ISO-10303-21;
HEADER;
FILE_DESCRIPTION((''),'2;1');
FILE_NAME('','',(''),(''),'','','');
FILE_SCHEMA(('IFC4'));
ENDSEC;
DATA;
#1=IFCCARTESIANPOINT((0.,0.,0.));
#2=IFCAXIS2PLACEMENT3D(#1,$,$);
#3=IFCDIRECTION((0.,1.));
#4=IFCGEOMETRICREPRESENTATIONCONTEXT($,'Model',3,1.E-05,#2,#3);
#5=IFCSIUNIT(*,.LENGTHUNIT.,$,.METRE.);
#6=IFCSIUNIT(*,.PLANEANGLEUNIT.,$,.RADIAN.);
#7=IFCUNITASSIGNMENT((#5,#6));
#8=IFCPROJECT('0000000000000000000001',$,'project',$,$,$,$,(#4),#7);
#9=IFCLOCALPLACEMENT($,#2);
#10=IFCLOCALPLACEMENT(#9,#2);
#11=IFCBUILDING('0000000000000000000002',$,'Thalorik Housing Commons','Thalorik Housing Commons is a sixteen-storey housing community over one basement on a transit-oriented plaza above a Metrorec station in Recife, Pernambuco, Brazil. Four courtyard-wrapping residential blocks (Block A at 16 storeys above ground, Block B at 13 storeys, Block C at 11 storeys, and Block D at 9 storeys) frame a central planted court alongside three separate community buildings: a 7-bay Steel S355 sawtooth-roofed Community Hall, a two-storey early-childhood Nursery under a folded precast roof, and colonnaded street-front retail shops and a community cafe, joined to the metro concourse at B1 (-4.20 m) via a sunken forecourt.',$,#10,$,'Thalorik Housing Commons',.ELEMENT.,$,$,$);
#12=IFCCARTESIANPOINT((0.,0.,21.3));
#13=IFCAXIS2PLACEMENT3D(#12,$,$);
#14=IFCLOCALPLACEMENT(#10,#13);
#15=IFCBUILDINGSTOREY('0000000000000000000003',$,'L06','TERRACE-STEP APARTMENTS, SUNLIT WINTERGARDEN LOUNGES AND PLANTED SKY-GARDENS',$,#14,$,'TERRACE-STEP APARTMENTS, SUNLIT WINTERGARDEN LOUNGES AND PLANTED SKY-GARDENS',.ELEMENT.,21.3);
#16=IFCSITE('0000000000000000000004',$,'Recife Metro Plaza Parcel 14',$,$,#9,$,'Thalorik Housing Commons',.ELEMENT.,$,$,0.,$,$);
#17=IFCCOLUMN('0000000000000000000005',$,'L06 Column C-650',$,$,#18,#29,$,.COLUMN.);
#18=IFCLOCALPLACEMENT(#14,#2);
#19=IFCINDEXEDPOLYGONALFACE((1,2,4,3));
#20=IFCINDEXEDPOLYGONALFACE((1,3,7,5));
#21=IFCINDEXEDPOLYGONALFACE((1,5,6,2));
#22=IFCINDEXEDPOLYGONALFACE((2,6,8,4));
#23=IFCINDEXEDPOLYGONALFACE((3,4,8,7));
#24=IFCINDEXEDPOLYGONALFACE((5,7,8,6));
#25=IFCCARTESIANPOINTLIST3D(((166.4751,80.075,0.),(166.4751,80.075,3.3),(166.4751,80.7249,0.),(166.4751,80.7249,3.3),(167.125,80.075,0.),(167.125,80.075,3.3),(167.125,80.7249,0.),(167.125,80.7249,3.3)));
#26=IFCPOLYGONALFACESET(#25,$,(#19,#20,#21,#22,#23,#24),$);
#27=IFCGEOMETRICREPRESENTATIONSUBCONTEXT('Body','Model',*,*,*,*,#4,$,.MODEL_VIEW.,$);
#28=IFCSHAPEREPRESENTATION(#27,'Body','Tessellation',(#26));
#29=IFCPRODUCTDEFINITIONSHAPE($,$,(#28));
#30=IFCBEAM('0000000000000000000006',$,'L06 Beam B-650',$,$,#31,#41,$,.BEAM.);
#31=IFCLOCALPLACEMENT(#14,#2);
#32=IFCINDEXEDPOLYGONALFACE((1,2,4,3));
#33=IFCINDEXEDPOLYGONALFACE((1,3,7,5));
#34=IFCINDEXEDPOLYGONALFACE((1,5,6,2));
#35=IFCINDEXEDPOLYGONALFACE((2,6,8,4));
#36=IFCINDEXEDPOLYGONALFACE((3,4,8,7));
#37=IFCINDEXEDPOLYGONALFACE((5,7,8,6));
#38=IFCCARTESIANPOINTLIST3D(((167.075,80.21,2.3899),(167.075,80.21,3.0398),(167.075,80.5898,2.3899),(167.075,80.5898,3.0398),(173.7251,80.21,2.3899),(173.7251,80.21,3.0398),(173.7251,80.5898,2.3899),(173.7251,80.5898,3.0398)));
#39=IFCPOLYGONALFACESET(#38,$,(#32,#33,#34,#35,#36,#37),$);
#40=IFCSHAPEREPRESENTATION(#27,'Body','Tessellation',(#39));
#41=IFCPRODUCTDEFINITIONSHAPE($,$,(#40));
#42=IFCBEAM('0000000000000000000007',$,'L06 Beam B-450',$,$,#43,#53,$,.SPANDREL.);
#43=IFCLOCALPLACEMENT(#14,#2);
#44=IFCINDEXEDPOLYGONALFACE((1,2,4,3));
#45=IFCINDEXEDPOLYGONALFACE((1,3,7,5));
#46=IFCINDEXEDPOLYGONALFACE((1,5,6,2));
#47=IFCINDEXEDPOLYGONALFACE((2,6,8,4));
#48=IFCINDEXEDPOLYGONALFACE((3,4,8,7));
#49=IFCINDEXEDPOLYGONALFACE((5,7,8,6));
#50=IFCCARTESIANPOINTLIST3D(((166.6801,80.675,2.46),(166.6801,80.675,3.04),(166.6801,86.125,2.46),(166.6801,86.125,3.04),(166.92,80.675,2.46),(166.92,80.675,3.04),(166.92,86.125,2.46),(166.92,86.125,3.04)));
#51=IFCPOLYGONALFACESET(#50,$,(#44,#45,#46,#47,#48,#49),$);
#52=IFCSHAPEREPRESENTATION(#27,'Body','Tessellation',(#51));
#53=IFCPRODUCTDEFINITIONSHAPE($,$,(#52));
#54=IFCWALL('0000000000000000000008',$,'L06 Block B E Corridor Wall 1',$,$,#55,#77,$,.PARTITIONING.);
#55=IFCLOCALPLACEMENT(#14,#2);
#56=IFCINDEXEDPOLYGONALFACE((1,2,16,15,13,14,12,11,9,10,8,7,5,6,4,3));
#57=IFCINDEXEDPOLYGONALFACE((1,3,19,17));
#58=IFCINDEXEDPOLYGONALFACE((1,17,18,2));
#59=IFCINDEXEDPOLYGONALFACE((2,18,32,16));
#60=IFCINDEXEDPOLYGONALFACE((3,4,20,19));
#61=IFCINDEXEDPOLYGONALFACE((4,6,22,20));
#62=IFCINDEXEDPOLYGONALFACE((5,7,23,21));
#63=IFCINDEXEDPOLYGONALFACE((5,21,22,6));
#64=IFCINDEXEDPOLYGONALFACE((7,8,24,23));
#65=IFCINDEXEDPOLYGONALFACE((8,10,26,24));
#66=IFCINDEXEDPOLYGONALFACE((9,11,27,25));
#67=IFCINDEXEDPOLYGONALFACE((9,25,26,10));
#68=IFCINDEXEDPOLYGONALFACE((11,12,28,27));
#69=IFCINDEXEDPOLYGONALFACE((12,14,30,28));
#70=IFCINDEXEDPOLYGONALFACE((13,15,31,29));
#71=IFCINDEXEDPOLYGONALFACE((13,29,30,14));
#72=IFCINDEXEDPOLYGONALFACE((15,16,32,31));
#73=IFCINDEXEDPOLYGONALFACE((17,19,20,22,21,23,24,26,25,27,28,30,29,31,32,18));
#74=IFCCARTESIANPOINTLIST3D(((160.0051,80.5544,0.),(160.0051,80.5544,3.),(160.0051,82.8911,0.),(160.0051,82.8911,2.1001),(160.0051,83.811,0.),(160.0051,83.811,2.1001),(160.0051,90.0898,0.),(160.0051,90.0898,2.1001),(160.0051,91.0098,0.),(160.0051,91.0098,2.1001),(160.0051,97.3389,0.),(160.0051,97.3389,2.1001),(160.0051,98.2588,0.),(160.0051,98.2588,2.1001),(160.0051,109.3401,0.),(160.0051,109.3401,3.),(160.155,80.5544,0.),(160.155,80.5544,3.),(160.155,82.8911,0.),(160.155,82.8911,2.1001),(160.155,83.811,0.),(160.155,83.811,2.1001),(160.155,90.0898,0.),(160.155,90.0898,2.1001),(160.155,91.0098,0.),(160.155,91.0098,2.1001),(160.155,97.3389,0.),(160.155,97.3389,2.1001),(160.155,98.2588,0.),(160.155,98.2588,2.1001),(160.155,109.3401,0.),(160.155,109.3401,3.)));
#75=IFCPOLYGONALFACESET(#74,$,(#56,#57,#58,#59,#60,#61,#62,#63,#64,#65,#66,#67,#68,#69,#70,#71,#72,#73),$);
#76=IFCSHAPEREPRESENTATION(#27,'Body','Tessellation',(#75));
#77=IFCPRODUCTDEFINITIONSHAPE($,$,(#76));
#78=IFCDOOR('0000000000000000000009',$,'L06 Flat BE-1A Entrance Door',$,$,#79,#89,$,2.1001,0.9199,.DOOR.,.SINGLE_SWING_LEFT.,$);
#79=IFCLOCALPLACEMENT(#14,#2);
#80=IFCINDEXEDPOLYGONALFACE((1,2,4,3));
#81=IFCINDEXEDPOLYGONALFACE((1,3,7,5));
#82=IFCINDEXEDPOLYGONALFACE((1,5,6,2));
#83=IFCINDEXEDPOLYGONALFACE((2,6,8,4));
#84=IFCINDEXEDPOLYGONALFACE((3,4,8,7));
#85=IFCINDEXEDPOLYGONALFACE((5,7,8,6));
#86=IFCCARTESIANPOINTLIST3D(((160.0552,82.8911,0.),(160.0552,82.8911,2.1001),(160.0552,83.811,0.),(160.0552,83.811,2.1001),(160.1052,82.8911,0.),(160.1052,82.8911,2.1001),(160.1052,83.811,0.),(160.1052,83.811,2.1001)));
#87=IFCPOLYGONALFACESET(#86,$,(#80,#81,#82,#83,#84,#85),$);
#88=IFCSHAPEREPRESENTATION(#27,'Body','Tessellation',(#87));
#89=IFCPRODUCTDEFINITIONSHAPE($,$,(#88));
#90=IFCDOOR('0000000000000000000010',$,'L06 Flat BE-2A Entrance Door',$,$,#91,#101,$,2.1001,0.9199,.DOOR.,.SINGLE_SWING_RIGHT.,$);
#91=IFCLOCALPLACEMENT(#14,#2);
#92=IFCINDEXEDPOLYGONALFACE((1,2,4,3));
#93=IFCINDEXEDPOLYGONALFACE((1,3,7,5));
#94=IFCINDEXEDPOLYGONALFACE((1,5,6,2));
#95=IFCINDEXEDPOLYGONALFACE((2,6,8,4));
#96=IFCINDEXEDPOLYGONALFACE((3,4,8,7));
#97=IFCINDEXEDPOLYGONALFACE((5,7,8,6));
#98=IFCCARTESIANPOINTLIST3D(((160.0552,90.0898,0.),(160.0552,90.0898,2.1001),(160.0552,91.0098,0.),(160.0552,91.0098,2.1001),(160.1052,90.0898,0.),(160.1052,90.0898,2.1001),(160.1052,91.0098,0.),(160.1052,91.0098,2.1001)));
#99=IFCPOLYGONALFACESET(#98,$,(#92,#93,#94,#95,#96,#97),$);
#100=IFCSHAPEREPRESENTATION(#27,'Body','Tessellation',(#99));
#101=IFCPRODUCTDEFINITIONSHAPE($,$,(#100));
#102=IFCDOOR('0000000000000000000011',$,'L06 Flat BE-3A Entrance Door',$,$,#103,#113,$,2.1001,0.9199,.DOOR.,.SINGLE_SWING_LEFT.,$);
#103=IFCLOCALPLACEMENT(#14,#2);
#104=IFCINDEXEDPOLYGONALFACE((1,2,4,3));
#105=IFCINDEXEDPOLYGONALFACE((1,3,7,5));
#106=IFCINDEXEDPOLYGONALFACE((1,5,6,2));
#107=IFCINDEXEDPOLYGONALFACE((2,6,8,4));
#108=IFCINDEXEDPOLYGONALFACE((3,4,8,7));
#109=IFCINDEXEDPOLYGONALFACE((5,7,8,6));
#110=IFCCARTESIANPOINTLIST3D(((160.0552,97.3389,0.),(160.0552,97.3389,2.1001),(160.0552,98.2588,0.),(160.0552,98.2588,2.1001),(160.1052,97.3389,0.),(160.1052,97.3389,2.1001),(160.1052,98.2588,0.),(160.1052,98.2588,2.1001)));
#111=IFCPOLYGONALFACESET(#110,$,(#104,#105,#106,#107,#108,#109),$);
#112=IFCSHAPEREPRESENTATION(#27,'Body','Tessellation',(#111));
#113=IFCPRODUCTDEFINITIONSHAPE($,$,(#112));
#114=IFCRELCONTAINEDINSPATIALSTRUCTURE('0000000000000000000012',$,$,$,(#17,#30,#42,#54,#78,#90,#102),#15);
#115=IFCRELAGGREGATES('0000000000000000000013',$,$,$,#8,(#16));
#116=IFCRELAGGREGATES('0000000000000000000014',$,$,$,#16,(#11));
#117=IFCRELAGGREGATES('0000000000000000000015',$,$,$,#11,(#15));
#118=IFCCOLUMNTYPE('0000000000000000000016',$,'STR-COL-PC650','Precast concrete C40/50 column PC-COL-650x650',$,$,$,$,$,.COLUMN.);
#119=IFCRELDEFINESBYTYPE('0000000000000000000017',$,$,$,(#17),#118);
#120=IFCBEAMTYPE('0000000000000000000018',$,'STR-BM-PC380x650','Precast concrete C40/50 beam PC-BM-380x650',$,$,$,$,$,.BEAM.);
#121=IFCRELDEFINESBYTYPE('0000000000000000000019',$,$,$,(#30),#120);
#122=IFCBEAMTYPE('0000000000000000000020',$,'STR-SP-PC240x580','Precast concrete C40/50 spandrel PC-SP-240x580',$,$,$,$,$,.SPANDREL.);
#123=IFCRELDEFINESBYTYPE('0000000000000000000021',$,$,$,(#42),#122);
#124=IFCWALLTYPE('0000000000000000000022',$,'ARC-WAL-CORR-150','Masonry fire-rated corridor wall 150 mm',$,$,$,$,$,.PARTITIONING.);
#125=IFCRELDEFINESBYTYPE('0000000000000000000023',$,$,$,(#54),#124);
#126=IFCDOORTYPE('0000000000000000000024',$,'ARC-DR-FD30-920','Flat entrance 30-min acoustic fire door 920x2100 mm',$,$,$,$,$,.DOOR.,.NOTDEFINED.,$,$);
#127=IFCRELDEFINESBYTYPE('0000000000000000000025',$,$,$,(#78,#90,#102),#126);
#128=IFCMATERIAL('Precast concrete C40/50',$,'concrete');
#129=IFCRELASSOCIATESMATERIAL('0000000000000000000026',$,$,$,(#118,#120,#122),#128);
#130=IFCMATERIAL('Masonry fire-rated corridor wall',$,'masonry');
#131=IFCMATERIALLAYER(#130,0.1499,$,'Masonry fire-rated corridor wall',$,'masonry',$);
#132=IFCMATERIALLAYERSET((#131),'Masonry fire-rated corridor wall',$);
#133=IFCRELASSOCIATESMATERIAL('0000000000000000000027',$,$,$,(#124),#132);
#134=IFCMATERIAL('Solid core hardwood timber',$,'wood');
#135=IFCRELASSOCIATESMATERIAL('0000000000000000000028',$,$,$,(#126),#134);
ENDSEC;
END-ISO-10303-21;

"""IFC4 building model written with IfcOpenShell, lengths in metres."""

from ifc_helpers import new_model, si_unit, direction, frame, frame_2d, origin, origin_2d, place, context, subcontext, project, spatial, rectangle, extrude, material, layer, layer_set, material_profile, profile_set, type_object, element, fill, save


model = new_model("IFC4")

# Units and contexts
model_context = context("Model", 3, precision=1e-05, world=origin(), true_north=direction((0.0, 1.0)))
body_context = subcontext(model_context, "Body", "Model", "MODEL_VIEW")
ifc_project = project(units=[si_unit("LENGTHUNIT", "METRE"), si_unit("PLANEANGLEUNIT", "RADIAN")], contexts=[model_context])

# Site, building, storey
site_placement = place(None, origin())
site = spatial("IfcSite", under=ifc_project, at=site_placement, Name="Recife Metro Plaza Parcel 14", LongName="Thalorik Housing Commons", CompositionType="ELEMENT", RefElevation=0.0)
building_placement = place(site_placement, origin())
building = spatial("IfcBuilding", under=site, at=building_placement, Name="Thalorik Housing Commons", Description="Thalorik Housing Commons is a sixteen-storey housing community over one basement on a transit-oriented plaza above a Metrorec station in Recife, Pernambuco, Brazil. Four courtyard-wrapping residential blocks (Block A at 16 storeys above ground, Block B at 13 storeys, Block C at 11 storeys, and Block D at 9 storeys) frame a central planted court alongside three separate community buildings: a 7-bay Steel S355 sawtooth-roofed Community Hall, a two-storey early-childhood Nursery under a folded precast roof, and colonnaded street-front retail shops and a community cafe, joined to the metro concourse at B1 (-4.20 m) via a sunken forecourt.", LongName="Thalorik Housing Commons", CompositionType="ELEMENT")
storey_placement = place(building_placement, frame((0.0, 0.0, 21.3)))
storey = spatial("IfcBuildingStorey", under=building, at=storey_placement, Name="L06", Description="TERRACE-STEP APARTMENTS, SUNLIT WINTERGARDEN LOUNGES AND PLANTED SKY-GARDENS", LongName="TERRACE-STEP APARTMENTS, SUNLIT WINTERGARDEN LOUNGES AND PLANTED SKY-GARDENS", CompositionType="ELEMENT", Elevation=21.3)

# Column
ifc_material_1 = material(Name="Precast concrete C40/50", Category="concrete")
ifc_material_profile_1 = material_profile(ifc_material_1, rectangle(XDim=0.6499, YDim=0.6499, at=origin_2d()), Name="PC 650x650", Category="concrete")
ifc_profile_set_1 = profile_set([ifc_material_profile_1], Name="Precast concrete C40/50")
column_type = type_object("IfcColumnType", Name="STR-COL-PC650", Description="Precast concrete C40/50 column PC-COL-650x650", PredefinedType="COLUMN", material=ifc_profile_set_1)
column_placement = place(storey_placement, frame((166.8, 80.3999, 0.0), z_axis=(0.0, 0.0, 1.0), x_axis=(1.0, 0.0, 0.0)))
element("IfcColumn", 1, at=column_placement, inside=storey, type_object=column_type, Name="L06 Column C-650", PredefinedType="COLUMN", context=body_context, shape_type="SweptSolid", body=[
    extrude(rectangle(XDim=0.6499, YDim=0.6499, at=origin_2d()), origin(), (0.0, 0.0, 1.0), 3.3),
])

# Beams
ifc_material_profile_2 = material_profile(ifc_material_1, rectangle(XDim=0.3799, YDim=0.6499, at=origin_2d()), Name="PC 380x650", Category="concrete")
ifc_profile_set_2 = profile_set([ifc_material_profile_2], Name="Precast concrete C40/50")
beam_type_1 = type_object("IfcBeamType", Name="STR-BM-PC380x650", Description="Precast concrete C40/50 beam PC-BM-380x650", PredefinedType="BEAM", material=ifc_profile_set_2)
beam_1_placement = place(storey_placement, frame((167.075, 80.3999, 2.7148), z_axis=(1.0, 0.0, 0.0), x_axis=(0.0, 1.0, 0.0)))
element("IfcBeam", 2, at=beam_1_placement, inside=storey, type_object=beam_type_1, Name="L06 Beam B-650", PredefinedType="BEAM", context=body_context, shape_type="SweptSolid", body=[
    extrude(rectangle(XDim=0.3799, YDim=0.6499, at=origin_2d()), origin(), (0.0, 0.0, 1.0), 6.6501),
])
ifc_material_profile_3 = material_profile(ifc_material_1, rectangle(XDim=0.24, YDim=0.5801, at=origin_2d()), Name="PC SP 240x580", Category="concrete")
ifc_profile_set_3 = profile_set([ifc_material_profile_3], Name="Precast concrete C40/50")
beam_type_2 = type_object("IfcBeamType", Name="STR-SP-PC240x580", Description="Precast concrete C40/50 spandrel PC-SP-240x580", PredefinedType="SPANDREL", material=ifc_profile_set_3)
beam_2_placement = place(storey_placement, frame((166.8, 80.675, 2.75), z_axis=(0.0, 1.0, 0.0), x_axis=(-1.0, 0.0, 0.0)))
element("IfcBeam", 3, at=beam_2_placement, inside=storey, type_object=beam_type_2, Name="L06 Beam B-450", PredefinedType="SPANDREL", context=body_context, shape_type="SweptSolid", body=[
    extrude(rectangle(XDim=0.24, YDim=0.5801, at=origin_2d()), origin(), (0.0, 0.0, 1.0), 5.45),
])

# Wall, openings, doors
ifc_material_2 = material(Name="Masonry fire-rated corridor wall", Category="masonry")
ifc_layer_1 = layer(ifc_material_2, 0.1499, Name="Masonry fire-rated corridor wall", Category="masonry")
ifc_layer_set_1 = layer_set([ifc_layer_1], Name="Masonry fire-rated corridor wall")
wall_type_1 = type_object("IfcWallType", Name="ARC-WAL-CORR-150", Description="Masonry fire-rated corridor wall 150 mm", PredefinedType="PARTITIONING", material=ifc_layer_set_1)
wall_1_placement = place(storey_placement, frame((160.0801, 80.5544, 0.0), z_axis=(0.0, 0.0, 1.0), x_axis=(0.0, 1.0, 0.0)))
wall_1 = element("IfcWall", 4, at=wall_1_placement, inside=storey, type_object=wall_type_1, Name="L06 Block B E Corridor Wall 1", PredefinedType="PARTITIONING", context=body_context, shape_type="SweptSolid", body=[
    extrude(rectangle(XDim=28.7856, YDim=0.1499, at=frame_2d((14.3928, 0.0))), origin(), (0.0, 0.0, 1.0), 3.0),
])
opening_1_placement = place(wall_1_placement, frame((2.3367, 0.0, 0.0)))
opening_1 = element("IfcOpeningElement", 5, at=opening_1_placement, cuts=wall_1, PredefinedType="OPENING", context=body_context, shape_type="SweptSolid", body=[
    extrude(rectangle(XDim=0.9199, YDim=2.1001, at=frame_2d((0.46, 1.05))), frame((0.0, 0.085, 0.0), z_axis=(0.0, -1.0, 0.0), x_axis=(1.0, 0.0, 0.0)), (0.0, 0.0, 1.0), 0.1699),
])
opening_2_placement = place(wall_1_placement, frame((9.5354, 0.0, 0.0)))
opening_2 = element("IfcOpeningElement", 6, at=opening_2_placement, cuts=wall_1, PredefinedType="OPENING", context=body_context, shape_type="SweptSolid", body=[
    extrude(rectangle(XDim=0.9199, YDim=2.1001, at=frame_2d((0.46, 1.05))), frame((0.0, 0.085, 0.0), z_axis=(0.0, -1.0, 0.0), x_axis=(1.0, 0.0, 0.0)), (0.0, 0.0, 1.0), 0.1699),
])
opening_3_placement = place(wall_1_placement, frame((16.7844, 0.0, 0.0)))
opening_3 = element("IfcOpeningElement", 7, at=opening_3_placement, cuts=wall_1, PredefinedType="OPENING", context=body_context, shape_type="SweptSolid", body=[
    extrude(rectangle(XDim=0.9199, YDim=2.1001, at=frame_2d((0.46, 1.05))), frame((0.0, 0.085, 0.0), z_axis=(0.0, -1.0, 0.0), x_axis=(1.0, 0.0, 0.0)), (0.0, 0.0, 1.0), 0.1699),
])
ifc_material_3 = material(Name="Solid core hardwood timber", Category="wood")
door_type_1 = type_object("IfcDoorType", Name="ARC-DR-FD30-920", Description="Flat entrance 30-min acoustic fire door 920x2100 mm", OperationType="NOTDEFINED", PredefinedType="DOOR", material=ifc_material_3)
door_1_placement = place(opening_1_placement, origin())
door_1 = element("IfcDoor", 8, at=door_1_placement, inside=storey, type_object=door_type_1, Name="L06 Flat BE-1A Entrance Door", OperationType="SINGLE_SWING_LEFT", OverallHeight=2.1001, OverallWidth=0.9199, PredefinedType="DOOR", context=body_context, shape_type="SweptSolid", body=[
    extrude(rectangle(XDim=0.9199, YDim=2.1001, at=frame_2d((0.46, 1.05))), frame((0.0, 0.0249, 0.0), z_axis=(0.0, -1.0, 0.0), x_axis=(1.0, 0.0, 0.0)), (0.0, 0.0, 1.0), 0.05),
])
fill(opening_1, door_1)
door_2_placement = place(opening_2_placement, origin())
door_2 = element("IfcDoor", 9, at=door_2_placement, inside=storey, type_object=door_type_1, Name="L06 Flat BE-2A Entrance Door", OperationType="SINGLE_SWING_RIGHT", OverallHeight=2.1001, OverallWidth=0.9199, PredefinedType="DOOR", context=body_context, shape_type="SweptSolid", body=[
    extrude(rectangle(XDim=0.9199, YDim=2.1001, at=frame_2d((0.46, 1.05))), frame((0.0, 0.0249, 0.0), z_axis=(0.0, -1.0, 0.0), x_axis=(1.0, 0.0, 0.0)), (0.0, 0.0, 1.0), 0.05),
])
fill(opening_2, door_2)
door_3_placement = place(opening_3_placement, origin())
door_3 = element("IfcDoor", 10, at=door_3_placement, inside=storey, type_object=door_type_1, Name="L06 Flat BE-3A Entrance Door", OperationType="SINGLE_SWING_LEFT", OverallHeight=2.1001, OverallWidth=0.9199, PredefinedType="DOOR", context=body_context, shape_type="SweptSolid", body=[
    extrude(rectangle(XDim=0.9199, YDim=2.1001, at=frame_2d((0.46, 1.05))), frame((0.0, 0.0249, 0.0), z_axis=(0.0, -1.0, 0.0), x_axis=(1.0, 0.0, 0.0)), (0.0, 0.0, 1.0), 0.05),
])
fill(opening_3, door_3)

save(model, "model.ifc")
